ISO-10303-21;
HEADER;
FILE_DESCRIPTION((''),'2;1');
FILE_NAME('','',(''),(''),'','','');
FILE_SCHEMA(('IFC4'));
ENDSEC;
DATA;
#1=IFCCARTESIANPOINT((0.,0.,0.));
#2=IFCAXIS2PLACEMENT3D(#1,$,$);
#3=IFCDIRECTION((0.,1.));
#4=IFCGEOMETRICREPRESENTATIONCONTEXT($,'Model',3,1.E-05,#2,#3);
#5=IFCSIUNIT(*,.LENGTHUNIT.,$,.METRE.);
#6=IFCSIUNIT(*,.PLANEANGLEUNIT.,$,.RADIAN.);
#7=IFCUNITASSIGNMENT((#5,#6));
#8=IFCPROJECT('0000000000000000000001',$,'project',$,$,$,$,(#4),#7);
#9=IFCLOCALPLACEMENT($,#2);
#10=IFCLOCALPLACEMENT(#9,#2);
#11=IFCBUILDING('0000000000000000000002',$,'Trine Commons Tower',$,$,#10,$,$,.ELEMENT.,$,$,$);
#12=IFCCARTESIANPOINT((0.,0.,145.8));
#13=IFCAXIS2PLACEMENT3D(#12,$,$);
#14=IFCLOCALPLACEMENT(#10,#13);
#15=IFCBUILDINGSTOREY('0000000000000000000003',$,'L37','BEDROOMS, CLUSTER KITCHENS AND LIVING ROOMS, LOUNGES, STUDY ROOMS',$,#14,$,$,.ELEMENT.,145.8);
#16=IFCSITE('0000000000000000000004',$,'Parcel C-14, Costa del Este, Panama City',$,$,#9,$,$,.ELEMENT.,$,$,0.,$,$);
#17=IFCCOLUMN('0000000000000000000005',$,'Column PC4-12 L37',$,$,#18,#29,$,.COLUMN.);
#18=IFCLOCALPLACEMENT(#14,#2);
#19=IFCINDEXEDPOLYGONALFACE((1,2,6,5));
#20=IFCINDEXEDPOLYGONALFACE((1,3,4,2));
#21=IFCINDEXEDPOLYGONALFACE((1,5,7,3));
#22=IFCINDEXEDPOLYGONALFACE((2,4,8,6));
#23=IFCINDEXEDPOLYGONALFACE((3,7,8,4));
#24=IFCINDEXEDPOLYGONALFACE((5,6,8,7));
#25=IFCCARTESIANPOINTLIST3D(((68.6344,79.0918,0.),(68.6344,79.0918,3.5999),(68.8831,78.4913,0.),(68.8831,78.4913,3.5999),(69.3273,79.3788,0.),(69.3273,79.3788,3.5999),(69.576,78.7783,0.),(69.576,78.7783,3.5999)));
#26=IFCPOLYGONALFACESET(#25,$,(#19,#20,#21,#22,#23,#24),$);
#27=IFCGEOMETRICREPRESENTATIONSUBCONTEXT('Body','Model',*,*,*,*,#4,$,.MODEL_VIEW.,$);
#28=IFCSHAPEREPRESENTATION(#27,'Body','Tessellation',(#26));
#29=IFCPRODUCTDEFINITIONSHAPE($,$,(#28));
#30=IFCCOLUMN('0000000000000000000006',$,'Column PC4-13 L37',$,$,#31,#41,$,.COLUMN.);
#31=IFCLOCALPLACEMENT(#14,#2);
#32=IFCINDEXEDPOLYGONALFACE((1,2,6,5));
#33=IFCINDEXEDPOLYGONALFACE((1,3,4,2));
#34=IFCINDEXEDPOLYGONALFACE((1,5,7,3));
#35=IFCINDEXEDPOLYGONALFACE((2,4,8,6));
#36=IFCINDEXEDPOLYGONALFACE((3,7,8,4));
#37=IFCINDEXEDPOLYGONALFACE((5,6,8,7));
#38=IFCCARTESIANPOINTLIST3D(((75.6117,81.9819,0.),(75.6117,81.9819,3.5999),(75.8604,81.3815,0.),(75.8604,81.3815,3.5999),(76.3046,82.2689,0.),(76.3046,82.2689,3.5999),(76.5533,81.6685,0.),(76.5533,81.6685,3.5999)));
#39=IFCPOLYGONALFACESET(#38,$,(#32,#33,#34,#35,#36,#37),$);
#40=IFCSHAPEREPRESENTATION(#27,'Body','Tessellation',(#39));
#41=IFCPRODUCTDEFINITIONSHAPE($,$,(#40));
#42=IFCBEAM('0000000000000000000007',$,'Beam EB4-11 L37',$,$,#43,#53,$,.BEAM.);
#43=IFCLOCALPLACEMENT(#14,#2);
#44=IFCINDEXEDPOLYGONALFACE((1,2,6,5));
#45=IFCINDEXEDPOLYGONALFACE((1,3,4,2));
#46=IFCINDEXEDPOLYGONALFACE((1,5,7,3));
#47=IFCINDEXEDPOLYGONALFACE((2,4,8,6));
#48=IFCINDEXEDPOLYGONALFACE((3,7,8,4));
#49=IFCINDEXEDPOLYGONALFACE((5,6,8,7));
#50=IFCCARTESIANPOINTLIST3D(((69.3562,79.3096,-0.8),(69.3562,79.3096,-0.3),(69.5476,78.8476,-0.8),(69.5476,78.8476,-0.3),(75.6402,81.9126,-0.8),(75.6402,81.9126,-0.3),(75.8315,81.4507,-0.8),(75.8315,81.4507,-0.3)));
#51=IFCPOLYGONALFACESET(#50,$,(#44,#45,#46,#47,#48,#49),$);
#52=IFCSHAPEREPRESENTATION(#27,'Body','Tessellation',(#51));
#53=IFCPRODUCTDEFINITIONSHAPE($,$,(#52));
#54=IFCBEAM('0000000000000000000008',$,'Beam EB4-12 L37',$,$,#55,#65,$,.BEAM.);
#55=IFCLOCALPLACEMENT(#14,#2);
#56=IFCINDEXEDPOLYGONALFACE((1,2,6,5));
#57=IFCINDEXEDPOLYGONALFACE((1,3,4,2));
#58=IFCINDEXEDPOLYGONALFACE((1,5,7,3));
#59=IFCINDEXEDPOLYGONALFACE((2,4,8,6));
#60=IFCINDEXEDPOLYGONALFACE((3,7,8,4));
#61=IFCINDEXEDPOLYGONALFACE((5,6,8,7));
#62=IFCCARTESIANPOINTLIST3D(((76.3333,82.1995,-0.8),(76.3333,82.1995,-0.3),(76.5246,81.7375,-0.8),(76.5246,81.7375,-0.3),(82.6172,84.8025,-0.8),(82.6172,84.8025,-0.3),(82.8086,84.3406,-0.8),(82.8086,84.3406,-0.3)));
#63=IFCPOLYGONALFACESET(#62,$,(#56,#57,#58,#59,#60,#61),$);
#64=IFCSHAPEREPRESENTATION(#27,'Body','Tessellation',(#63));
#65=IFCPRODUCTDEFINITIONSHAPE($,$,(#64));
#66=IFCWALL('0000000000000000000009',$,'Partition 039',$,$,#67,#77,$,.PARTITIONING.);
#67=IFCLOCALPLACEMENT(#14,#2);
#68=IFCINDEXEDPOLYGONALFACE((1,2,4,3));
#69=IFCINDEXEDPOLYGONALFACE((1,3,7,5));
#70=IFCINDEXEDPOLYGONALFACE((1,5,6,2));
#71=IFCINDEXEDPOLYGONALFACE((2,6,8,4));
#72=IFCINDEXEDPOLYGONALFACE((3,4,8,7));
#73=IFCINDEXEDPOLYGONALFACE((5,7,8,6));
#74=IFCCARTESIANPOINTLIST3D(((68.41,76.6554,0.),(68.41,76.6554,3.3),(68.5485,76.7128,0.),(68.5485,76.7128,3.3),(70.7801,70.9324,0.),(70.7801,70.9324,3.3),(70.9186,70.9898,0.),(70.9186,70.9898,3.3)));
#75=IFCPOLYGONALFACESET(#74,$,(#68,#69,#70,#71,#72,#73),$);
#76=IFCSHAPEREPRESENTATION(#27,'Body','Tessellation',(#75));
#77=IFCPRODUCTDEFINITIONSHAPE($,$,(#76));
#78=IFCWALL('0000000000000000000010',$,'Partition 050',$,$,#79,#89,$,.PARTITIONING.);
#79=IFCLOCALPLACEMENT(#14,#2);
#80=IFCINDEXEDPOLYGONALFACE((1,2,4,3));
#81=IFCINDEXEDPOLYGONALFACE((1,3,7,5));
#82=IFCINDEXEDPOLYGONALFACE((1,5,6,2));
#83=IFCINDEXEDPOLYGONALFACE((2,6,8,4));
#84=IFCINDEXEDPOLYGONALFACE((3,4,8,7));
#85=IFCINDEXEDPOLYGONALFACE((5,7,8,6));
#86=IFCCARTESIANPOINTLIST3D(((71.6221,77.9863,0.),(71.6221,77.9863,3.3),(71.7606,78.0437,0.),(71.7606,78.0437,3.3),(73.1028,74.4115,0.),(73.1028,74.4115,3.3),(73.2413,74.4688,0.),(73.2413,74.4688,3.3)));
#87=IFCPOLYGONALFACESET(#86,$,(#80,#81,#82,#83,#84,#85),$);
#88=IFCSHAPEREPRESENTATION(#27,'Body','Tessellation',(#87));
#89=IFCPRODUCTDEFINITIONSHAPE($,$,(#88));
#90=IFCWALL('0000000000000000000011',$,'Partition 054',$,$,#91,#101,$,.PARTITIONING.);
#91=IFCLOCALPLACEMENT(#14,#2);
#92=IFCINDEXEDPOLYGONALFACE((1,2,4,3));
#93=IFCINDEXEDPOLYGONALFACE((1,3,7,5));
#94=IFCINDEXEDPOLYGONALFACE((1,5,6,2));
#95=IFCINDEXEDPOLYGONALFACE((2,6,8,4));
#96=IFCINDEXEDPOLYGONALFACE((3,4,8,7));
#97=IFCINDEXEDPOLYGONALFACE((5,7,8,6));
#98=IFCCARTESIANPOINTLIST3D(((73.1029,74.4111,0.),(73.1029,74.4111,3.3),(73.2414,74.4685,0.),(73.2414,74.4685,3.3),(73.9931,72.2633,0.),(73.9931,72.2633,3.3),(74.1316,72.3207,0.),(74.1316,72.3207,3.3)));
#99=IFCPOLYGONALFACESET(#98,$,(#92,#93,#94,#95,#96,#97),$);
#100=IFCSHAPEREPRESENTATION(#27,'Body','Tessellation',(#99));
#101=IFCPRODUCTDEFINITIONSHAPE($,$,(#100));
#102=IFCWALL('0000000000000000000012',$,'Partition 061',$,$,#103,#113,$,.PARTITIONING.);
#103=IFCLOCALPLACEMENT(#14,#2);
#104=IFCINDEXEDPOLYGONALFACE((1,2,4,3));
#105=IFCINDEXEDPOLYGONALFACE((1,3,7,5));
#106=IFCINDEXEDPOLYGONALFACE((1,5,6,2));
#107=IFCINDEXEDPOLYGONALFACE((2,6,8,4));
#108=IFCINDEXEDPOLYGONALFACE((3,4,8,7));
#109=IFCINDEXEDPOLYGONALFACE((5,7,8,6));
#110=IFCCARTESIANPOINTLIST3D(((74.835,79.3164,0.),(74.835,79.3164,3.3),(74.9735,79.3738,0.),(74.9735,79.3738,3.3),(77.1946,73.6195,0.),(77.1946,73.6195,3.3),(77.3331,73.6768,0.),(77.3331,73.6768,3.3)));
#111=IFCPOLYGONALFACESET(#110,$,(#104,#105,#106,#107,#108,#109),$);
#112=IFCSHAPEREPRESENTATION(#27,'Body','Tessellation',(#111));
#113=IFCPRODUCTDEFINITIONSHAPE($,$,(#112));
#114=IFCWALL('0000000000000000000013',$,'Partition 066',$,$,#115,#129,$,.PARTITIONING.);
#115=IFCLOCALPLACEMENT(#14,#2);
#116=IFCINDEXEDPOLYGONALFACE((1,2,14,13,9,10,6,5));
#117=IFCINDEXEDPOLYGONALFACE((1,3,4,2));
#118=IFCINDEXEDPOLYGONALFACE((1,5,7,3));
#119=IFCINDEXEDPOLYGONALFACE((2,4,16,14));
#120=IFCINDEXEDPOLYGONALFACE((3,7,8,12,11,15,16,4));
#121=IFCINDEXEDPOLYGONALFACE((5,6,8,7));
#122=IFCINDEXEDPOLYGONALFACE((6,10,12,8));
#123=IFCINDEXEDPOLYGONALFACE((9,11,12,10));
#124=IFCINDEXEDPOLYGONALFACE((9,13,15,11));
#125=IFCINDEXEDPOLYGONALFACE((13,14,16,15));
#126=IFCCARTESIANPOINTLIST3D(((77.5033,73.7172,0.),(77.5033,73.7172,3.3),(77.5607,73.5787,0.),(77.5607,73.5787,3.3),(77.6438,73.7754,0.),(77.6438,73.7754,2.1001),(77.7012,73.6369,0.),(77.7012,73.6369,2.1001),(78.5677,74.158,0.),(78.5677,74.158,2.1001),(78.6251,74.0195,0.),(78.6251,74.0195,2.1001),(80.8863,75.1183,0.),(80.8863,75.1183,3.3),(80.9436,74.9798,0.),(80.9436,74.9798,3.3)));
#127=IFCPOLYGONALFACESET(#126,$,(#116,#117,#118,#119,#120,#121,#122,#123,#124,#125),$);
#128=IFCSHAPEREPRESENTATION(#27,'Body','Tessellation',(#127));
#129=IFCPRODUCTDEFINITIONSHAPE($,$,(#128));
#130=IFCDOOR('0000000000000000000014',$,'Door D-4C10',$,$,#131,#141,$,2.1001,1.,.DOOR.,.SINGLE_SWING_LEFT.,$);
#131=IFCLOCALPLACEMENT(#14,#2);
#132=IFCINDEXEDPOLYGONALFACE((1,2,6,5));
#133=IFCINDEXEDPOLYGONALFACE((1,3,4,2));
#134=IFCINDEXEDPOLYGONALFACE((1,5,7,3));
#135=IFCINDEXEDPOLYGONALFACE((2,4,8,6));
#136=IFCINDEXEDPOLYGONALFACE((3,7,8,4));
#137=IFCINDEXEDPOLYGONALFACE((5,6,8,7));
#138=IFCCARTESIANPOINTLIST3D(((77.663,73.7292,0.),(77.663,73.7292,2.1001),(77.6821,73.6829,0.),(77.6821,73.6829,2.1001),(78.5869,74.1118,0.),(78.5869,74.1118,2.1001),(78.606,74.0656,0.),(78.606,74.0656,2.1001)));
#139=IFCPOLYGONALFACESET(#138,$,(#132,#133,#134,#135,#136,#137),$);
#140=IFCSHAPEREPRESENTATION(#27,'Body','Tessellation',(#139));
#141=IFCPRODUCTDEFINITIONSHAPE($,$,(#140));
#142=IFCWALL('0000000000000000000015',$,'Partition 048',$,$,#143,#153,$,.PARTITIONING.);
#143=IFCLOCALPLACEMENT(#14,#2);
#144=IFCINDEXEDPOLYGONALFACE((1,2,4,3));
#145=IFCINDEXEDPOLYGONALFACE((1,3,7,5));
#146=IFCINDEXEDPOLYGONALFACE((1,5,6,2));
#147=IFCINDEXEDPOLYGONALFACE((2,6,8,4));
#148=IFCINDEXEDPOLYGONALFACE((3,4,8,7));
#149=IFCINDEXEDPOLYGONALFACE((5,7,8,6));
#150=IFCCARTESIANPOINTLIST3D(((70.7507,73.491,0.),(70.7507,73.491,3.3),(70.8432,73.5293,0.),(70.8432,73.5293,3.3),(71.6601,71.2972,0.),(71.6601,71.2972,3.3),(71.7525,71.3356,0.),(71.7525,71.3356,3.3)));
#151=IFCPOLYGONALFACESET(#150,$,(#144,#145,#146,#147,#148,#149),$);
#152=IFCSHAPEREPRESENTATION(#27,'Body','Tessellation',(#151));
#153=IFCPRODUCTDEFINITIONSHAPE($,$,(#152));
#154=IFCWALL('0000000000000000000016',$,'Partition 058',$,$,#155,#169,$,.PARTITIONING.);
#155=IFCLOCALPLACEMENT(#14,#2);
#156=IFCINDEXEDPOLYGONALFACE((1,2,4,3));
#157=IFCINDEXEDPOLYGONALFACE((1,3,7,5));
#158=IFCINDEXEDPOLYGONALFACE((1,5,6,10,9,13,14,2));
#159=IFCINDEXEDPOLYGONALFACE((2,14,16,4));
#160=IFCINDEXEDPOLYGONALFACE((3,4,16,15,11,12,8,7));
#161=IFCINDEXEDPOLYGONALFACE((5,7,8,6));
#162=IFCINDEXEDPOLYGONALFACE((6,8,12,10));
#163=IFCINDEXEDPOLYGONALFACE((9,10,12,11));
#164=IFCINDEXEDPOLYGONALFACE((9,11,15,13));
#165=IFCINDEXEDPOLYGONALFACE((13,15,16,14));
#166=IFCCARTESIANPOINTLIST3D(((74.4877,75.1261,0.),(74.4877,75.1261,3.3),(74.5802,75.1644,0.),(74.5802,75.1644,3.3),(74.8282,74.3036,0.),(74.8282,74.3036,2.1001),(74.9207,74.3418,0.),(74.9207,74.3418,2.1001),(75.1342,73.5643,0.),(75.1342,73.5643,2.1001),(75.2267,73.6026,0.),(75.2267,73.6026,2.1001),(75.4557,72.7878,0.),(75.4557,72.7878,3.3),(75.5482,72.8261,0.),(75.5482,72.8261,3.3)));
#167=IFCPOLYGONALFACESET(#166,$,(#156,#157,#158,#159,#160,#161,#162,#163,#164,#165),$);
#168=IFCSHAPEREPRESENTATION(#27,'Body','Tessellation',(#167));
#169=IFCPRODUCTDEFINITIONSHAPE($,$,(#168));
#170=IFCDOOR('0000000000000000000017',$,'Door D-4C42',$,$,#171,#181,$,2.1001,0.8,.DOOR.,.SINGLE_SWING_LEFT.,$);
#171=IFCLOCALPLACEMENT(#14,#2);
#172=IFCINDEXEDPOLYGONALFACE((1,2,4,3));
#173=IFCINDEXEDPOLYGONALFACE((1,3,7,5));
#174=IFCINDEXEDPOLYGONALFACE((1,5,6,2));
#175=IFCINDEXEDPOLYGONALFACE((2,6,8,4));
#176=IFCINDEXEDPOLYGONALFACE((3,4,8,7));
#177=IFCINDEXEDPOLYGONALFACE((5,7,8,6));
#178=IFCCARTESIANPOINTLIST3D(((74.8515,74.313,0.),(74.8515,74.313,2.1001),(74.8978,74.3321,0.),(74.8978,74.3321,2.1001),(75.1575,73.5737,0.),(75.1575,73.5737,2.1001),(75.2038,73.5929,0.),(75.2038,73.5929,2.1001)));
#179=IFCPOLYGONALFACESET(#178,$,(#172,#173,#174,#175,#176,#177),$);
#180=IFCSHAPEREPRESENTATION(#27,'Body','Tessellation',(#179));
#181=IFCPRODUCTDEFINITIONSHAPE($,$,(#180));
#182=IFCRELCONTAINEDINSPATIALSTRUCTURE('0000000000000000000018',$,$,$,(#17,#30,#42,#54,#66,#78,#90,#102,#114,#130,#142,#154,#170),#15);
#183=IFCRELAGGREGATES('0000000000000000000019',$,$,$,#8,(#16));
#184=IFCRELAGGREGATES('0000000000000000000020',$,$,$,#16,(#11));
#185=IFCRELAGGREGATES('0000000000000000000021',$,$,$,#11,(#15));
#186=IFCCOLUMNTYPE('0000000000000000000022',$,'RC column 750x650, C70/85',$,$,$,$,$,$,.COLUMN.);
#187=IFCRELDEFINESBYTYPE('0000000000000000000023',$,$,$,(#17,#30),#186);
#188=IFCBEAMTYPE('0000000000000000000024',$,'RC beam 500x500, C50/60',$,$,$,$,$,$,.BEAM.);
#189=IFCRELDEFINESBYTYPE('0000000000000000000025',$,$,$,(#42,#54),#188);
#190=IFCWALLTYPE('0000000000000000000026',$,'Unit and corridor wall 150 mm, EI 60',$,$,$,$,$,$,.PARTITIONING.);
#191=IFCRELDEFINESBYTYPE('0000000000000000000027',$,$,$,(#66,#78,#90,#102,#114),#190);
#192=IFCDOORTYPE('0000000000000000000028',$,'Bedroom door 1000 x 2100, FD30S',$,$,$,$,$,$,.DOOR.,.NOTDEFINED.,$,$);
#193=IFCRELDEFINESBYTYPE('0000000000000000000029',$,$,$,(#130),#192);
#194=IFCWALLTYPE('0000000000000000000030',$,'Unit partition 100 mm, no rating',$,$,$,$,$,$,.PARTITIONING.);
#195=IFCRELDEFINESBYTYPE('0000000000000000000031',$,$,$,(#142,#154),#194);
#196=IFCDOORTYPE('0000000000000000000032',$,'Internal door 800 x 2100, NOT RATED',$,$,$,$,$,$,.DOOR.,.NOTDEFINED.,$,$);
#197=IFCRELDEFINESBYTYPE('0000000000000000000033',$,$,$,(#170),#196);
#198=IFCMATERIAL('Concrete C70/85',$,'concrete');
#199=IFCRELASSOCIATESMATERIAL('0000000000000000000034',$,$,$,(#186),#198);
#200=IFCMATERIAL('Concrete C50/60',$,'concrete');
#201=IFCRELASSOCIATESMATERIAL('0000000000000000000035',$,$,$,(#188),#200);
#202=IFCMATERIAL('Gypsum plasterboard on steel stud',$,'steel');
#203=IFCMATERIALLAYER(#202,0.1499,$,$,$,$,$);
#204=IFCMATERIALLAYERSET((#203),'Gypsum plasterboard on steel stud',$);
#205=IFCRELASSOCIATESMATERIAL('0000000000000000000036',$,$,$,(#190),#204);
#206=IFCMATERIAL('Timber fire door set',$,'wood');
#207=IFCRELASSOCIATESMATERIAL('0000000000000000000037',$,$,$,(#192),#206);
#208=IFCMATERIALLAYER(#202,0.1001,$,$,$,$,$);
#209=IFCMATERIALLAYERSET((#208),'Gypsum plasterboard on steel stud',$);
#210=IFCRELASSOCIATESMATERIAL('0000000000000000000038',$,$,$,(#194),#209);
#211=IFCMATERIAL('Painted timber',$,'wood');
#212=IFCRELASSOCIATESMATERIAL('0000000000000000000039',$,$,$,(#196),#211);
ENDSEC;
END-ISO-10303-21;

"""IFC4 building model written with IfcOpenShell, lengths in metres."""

from ifc_helpers import new_model, si_unit, direction, frame, frame_2d, origin, origin_2d, place, context, subcontext, project, spatial, rectangle, extrude, material, layer, layer_set, material_profile, profile_set, type_object, element, fill, save


model = new_model("IFC4")

# Units and contexts
model_context = context("Model", 3, precision=1e-05, world=origin(), true_north=direction((0.0, 1.0)))
body_context = subcontext(model_context, "Body", "Model", "MODEL_VIEW")
ifc_project = project(units=[si_unit("LENGTHUNIT", "METRE"), si_unit("PLANEANGLEUNIT", "RADIAN")], contexts=[model_context])

# Site, building, storey
site_placement = place(None, origin())
site = spatial("IfcSite", under=ifc_project, at=site_placement, Name="Parcel C-14, Costa del Este, Panama City", CompositionType="ELEMENT", RefElevation=0.0)
building_placement = place(site_placement, origin())
building = spatial("IfcBuilding", under=site, at=building_placement, Name="Trine Commons Tower", CompositionType="ELEMENT")
storey_placement = place(building_placement, frame((0.0, 0.0, 145.8)))
storey = spatial("IfcBuildingStorey", under=building, at=storey_placement, Name="L37", Description="BEDROOMS, CLUSTER KITCHENS AND LIVING ROOMS, LOUNGES, STUDY ROOMS", CompositionType="ELEMENT", Elevation=145.8)

# Columns
ifc_material_1 = material(Name="Concrete C70/85", Category="concrete")
ifc_material_profile_1 = material_profile(ifc_material_1, rectangle(XDim=0.75, YDim=0.6499, at=origin_2d()), Name="RC 750x650")
ifc_profile_set_1 = profile_set([ifc_material_profile_1], Name="Concrete C70/85")
column_type = type_object("IfcColumnType", Name="RC column 750x650, C70/85", PredefinedType="COLUMN", material=ifc_profile_set_1)
for number, where, z_axis, x_axis, name in (
    (1, (69.1052, 78.9351, 0.0), (0.0, 0.0, 1.0), (0.92388, 0.382683, 0.0), "Column PC4-12 L37"),
    (2, (76.0825, 81.8252, 0.0), (0.0, 0.0, 1.0), (0.92388, 0.382683, 0.0), "Column PC4-13 L37"),
):
    element("IfcColumn", number, at=place(storey_placement, frame(where, z_axis=z_axis, x_axis=x_axis)), inside=storey, type_object=column_type, Name=name, PredefinedType="COLUMN", context=body_context, shape_type="SweptSolid", body=[
        extrude(rectangle(XDim=0.75, YDim=0.6499, at=origin_2d()), origin(), (0.0, 0.0, 1.0), 3.5999),
    ])

# Beams
ifc_material_2 = material(Name="Concrete C50/60", Category="concrete")
ifc_material_profile_2 = material_profile(ifc_material_2, rectangle(XDim=0.5, YDim=0.5, at=origin_2d()), Name="RC 500x500")
ifc_profile_set_2 = profile_set([ifc_material_profile_2], Name="Concrete C50/60")
beam_type = type_object("IfcBeamType", Name="RC beam 500x500, C50/60", PredefinedType="BEAM", material=ifc_profile_set_2)
for number, where, z_axis, x_axis, name in (
    (3, (69.4519, 79.0786, -0.55), (0.923872, 0.382701, 0.0), (-0.382701, 0.923872, 0.0), "Beam EB4-11 L37"),
    (4, (76.429, 81.9685, -0.55), (0.923872, 0.382701, 0.0), (-0.382701, 0.923872, 0.0), "Beam EB4-12 L37"),
):
    element("IfcBeam", number, at=place(storey_placement, frame(where, z_axis=z_axis, x_axis=x_axis)), inside=storey, type_object=beam_type, Name=name, PredefinedType="BEAM", context=body_context, shape_type="SweptSolid", body=[
        extrude(rectangle(XDim=0.5, YDim=0.5, at=origin_2d()), origin(), (0.0, 0.0, 1.0), 6.8018),
    ])

# Walls
ifc_material_3 = material(Name="Gypsum plasterboard on steel stud", Category="steel")
ifc_layer_1 = layer(ifc_material_3, 0.1499)
ifc_layer_set_1 = layer_set([ifc_layer_1], Name="Gypsum plasterboard on steel stud")
wall_type_1 = type_object("IfcWallType", Name="Unit and corridor wall 150 mm, EI 60", PredefinedType="PARTITIONING", material=ifc_layer_set_1)
wall_1_placement = place(storey_placement, frame((68.4792, 76.6841, 0.0), z_axis=(0.0, 0.0, 1.0), x_axis=(0.38263, -0.923902, 0.0)))
element("IfcWall", 5, at=wall_1_placement, inside=storey, type_object=wall_type_1, Name="Partition 039", PredefinedType="PARTITIONING", context=body_context, shape_type="SweptSolid", body=[
    extrude(rectangle(XDim=6.1943, YDim=0.1499, at=frame_2d((3.0972, 0.0))), origin(), (0.0, 0.0, 1.0), 3.3),
])
wall_2_placement = place(storey_placement, frame((71.6914, 78.0149, 0.0), z_axis=(0.0, 0.0, 1.0), x_axis=(0.382666, -0.923887, 0.0)))
element("IfcWall", 6, at=wall_2_placement, inside=storey, type_object=wall_type_1, Name="Partition 050", PredefinedType="PARTITIONING", context=body_context, shape_type="SweptSolid", body=[
    extrude(rectangle(XDim=3.8694, YDim=0.1499, at=frame_2d((1.9346, 0.0))), origin(), (0.0, 0.0, 1.0), 3.3),
])
wall_3_placement = place(storey_placement, frame((73.1721, 74.4399, 0.0), z_axis=(0.0, 0.0, 1.0), x_axis=(0.382877, -0.923799, 0.0)))
element("IfcWall", 7, at=wall_3_placement, inside=storey, type_object=wall_type_1, Name="Partition 054", PredefinedType="PARTITIONING", context=body_context, shape_type="SweptSolid", body=[
    extrude(rectangle(XDim=2.325, YDim=0.1499, at=frame_2d((1.1626, 0.0))), origin(), (0.0, 0.0, 1.0), 3.3),
])
wall_4_placement = place(storey_placement, frame((74.9043, 79.345, 0.0), z_axis=(0.0, 0.0, 1.0), x_axis=(0.382661, -0.923889, 0.0)))
element("IfcWall", 8, at=wall_4_placement, inside=storey, type_object=wall_type_1, Name="Partition 061", PredefinedType="PARTITIONING", context=body_context, shape_type="SweptSolid", body=[
    extrude(rectangle(XDim=6.1663, YDim=0.1499, at=frame_2d((3.083, 0.0))), origin(), (0.0, 0.0, 1.0), 3.3),
])

# Wall, opening, door
wall_5_placement = place(storey_placement, frame((77.532, 73.6479, 0.0), z_axis=(0.0, 0.0, 1.0), x_axis=(0.923897, 0.38264, 0.0)))
wall_5 = element("IfcWall", 9, at=wall_5_placement, inside=storey, type_object=wall_type_1, Name="Partition 066", PredefinedType="PARTITIONING", context=body_context, shape_type="SweptSolid", body=[
    extrude(rectangle(XDim=3.6616, YDim=0.1499, at=frame_2d((1.8308, 0.0))), origin(), (0.0, 0.0, 1.0), 3.3),
])
opening_1_placement = place(wall_5_placement, frame((0.1521, 0.0, 0.0)))
opening_1 = element("IfcOpeningElement", 10, at=opening_1_placement, cuts=wall_5, PredefinedType="OPENING", context=body_context, shape_type="SweptSolid", body=[
    extrude(rectangle(XDim=1.0, YDim=2.1001, at=frame_2d((0.5, 1.05))), frame((0.0, 0.085, 0.0), z_axis=(0.0, -1.0, 0.0), x_axis=(1.0, 0.0, 0.0)), (0.0, 0.0, 1.0), 0.1699),
])
ifc_material_4 = material(Name="Timber fire door set", Category="wood")
door_type_1 = type_object("IfcDoorType", Name="Bedroom door 1000 x 2100, FD30S", OperationType="NOTDEFINED", PredefinedType="DOOR", material=ifc_material_4)
door_1_placement = place(opening_1_placement, origin())
door_1 = element("IfcDoor", 11, at=door_1_placement, inside=storey, type_object=door_type_1, Name="Door D-4C10", OperationType="SINGLE_SWING_LEFT", OverallHeight=2.1001, OverallWidth=1.0, PredefinedType="DOOR", context=body_context, shape_type="SweptSolid", body=[
    extrude(rectangle(XDim=1.0, YDim=2.1001, at=frame_2d((0.5, 1.05))), frame((0.0, 0.0249, 0.0), z_axis=(0.0, -1.0, 0.0), x_axis=(1.0, 0.0, 0.0)), (0.0, 0.0, 1.0), 0.05),
])
fill(opening_1, door_1)

# Wall
ifc_layer_2 = layer(ifc_material_3, 0.1001)
ifc_layer_set_2 = layer_set([ifc_layer_2], Name="Gypsum plasterboard on steel stud")
wall_type_2 = type_object("IfcWallType", Name="Unit partition 100 mm, no rating", PredefinedType="PARTITIONING", material=ifc_layer_set_2)
wall_6_placement = place(storey_placement, frame((70.7969, 73.5103, 0.0), z_axis=(0.0, 0.0, 1.0), x_axis=(0.382936, -0.923775, 0.0)))
element("IfcWall", 12, at=wall_6_placement, inside=storey, type_object=wall_type_2, Name="Partition 048", PredefinedType="PARTITIONING", context=body_context, shape_type="SweptSolid", body=[
    extrude(rectangle(XDim=2.3748, YDim=0.1001, at=frame_2d((1.1875, 0.0))), origin(), (0.0, 0.0, 1.0), 3.3),
])

# Wall, opening, door
wall_7_placement = place(storey_placement, frame((74.5339, 75.1453, 0.0), z_axis=(0.0, 0.0, 1.0), x_axis=(0.382491, -0.923959, 0.0)))
wall_7 = element("IfcWall", 13, at=wall_7_placement, inside=storey, type_object=wall_type_2, Name="Partition 058", PredefinedType="PARTITIONING", context=body_context, shape_type="SweptSolid", body=[
    extrude(rectangle(XDim=2.5308, YDim=0.1001, at=frame_2d((1.2654, 0.0))), origin(), (0.0, 0.0, 1.0), 3.3),
])
opening_2_placement = place(wall_7_placement, frame((0.8904, 0.0, 0.0)))
opening_2 = element("IfcOpeningElement", 14, at=opening_2_placement, cuts=wall_7, PredefinedType="OPENING", context=body_context, shape_type="SweptSolid", body=[
    extrude(rectangle(XDim=0.8, YDim=2.1001, at=frame_2d((0.3999, 1.05))), frame((0.0, 0.0601, 0.0), z_axis=(0.0, -1.0, 0.0), x_axis=(1.0, 0.0, 0.0)), (0.0, 0.0, 1.0), 0.1201),
])
ifc_material_5 = material(Name="Painted timber", Category="wood")
door_type_2 = type_object("IfcDoorType", Name="Internal door 800 x 2100, NOT RATED", OperationType="NOTDEFINED", PredefinedType="DOOR", material=ifc_material_5)
door_2_placement = place(opening_2_placement, frame((0.8, 0.0, 0.0), z_axis=(0.0, 0.0, 1.0), x_axis=(-1.0, 0.0, 0.0)))
door_2 = element("IfcDoor", 15, at=door_2_placement, inside=storey, type_object=door_type_2, Name="Door D-4C42", OperationType="SINGLE_SWING_LEFT", OverallHeight=2.1001, OverallWidth=0.8, PredefinedType="DOOR", context=body_context, shape_type="SweptSolid", body=[
    extrude(rectangle(XDim=0.8, YDim=2.1001, at=frame_2d((0.3999, 1.05))), frame((0.0, 0.0249, 0.0), z_axis=(0.0, -1.0, 0.0), x_axis=(1.0, 0.0, 0.0)), (0.0, 0.0, 1.0), 0.05),
])
fill(opening_2, door_2)

save(model, "model.ifc")
